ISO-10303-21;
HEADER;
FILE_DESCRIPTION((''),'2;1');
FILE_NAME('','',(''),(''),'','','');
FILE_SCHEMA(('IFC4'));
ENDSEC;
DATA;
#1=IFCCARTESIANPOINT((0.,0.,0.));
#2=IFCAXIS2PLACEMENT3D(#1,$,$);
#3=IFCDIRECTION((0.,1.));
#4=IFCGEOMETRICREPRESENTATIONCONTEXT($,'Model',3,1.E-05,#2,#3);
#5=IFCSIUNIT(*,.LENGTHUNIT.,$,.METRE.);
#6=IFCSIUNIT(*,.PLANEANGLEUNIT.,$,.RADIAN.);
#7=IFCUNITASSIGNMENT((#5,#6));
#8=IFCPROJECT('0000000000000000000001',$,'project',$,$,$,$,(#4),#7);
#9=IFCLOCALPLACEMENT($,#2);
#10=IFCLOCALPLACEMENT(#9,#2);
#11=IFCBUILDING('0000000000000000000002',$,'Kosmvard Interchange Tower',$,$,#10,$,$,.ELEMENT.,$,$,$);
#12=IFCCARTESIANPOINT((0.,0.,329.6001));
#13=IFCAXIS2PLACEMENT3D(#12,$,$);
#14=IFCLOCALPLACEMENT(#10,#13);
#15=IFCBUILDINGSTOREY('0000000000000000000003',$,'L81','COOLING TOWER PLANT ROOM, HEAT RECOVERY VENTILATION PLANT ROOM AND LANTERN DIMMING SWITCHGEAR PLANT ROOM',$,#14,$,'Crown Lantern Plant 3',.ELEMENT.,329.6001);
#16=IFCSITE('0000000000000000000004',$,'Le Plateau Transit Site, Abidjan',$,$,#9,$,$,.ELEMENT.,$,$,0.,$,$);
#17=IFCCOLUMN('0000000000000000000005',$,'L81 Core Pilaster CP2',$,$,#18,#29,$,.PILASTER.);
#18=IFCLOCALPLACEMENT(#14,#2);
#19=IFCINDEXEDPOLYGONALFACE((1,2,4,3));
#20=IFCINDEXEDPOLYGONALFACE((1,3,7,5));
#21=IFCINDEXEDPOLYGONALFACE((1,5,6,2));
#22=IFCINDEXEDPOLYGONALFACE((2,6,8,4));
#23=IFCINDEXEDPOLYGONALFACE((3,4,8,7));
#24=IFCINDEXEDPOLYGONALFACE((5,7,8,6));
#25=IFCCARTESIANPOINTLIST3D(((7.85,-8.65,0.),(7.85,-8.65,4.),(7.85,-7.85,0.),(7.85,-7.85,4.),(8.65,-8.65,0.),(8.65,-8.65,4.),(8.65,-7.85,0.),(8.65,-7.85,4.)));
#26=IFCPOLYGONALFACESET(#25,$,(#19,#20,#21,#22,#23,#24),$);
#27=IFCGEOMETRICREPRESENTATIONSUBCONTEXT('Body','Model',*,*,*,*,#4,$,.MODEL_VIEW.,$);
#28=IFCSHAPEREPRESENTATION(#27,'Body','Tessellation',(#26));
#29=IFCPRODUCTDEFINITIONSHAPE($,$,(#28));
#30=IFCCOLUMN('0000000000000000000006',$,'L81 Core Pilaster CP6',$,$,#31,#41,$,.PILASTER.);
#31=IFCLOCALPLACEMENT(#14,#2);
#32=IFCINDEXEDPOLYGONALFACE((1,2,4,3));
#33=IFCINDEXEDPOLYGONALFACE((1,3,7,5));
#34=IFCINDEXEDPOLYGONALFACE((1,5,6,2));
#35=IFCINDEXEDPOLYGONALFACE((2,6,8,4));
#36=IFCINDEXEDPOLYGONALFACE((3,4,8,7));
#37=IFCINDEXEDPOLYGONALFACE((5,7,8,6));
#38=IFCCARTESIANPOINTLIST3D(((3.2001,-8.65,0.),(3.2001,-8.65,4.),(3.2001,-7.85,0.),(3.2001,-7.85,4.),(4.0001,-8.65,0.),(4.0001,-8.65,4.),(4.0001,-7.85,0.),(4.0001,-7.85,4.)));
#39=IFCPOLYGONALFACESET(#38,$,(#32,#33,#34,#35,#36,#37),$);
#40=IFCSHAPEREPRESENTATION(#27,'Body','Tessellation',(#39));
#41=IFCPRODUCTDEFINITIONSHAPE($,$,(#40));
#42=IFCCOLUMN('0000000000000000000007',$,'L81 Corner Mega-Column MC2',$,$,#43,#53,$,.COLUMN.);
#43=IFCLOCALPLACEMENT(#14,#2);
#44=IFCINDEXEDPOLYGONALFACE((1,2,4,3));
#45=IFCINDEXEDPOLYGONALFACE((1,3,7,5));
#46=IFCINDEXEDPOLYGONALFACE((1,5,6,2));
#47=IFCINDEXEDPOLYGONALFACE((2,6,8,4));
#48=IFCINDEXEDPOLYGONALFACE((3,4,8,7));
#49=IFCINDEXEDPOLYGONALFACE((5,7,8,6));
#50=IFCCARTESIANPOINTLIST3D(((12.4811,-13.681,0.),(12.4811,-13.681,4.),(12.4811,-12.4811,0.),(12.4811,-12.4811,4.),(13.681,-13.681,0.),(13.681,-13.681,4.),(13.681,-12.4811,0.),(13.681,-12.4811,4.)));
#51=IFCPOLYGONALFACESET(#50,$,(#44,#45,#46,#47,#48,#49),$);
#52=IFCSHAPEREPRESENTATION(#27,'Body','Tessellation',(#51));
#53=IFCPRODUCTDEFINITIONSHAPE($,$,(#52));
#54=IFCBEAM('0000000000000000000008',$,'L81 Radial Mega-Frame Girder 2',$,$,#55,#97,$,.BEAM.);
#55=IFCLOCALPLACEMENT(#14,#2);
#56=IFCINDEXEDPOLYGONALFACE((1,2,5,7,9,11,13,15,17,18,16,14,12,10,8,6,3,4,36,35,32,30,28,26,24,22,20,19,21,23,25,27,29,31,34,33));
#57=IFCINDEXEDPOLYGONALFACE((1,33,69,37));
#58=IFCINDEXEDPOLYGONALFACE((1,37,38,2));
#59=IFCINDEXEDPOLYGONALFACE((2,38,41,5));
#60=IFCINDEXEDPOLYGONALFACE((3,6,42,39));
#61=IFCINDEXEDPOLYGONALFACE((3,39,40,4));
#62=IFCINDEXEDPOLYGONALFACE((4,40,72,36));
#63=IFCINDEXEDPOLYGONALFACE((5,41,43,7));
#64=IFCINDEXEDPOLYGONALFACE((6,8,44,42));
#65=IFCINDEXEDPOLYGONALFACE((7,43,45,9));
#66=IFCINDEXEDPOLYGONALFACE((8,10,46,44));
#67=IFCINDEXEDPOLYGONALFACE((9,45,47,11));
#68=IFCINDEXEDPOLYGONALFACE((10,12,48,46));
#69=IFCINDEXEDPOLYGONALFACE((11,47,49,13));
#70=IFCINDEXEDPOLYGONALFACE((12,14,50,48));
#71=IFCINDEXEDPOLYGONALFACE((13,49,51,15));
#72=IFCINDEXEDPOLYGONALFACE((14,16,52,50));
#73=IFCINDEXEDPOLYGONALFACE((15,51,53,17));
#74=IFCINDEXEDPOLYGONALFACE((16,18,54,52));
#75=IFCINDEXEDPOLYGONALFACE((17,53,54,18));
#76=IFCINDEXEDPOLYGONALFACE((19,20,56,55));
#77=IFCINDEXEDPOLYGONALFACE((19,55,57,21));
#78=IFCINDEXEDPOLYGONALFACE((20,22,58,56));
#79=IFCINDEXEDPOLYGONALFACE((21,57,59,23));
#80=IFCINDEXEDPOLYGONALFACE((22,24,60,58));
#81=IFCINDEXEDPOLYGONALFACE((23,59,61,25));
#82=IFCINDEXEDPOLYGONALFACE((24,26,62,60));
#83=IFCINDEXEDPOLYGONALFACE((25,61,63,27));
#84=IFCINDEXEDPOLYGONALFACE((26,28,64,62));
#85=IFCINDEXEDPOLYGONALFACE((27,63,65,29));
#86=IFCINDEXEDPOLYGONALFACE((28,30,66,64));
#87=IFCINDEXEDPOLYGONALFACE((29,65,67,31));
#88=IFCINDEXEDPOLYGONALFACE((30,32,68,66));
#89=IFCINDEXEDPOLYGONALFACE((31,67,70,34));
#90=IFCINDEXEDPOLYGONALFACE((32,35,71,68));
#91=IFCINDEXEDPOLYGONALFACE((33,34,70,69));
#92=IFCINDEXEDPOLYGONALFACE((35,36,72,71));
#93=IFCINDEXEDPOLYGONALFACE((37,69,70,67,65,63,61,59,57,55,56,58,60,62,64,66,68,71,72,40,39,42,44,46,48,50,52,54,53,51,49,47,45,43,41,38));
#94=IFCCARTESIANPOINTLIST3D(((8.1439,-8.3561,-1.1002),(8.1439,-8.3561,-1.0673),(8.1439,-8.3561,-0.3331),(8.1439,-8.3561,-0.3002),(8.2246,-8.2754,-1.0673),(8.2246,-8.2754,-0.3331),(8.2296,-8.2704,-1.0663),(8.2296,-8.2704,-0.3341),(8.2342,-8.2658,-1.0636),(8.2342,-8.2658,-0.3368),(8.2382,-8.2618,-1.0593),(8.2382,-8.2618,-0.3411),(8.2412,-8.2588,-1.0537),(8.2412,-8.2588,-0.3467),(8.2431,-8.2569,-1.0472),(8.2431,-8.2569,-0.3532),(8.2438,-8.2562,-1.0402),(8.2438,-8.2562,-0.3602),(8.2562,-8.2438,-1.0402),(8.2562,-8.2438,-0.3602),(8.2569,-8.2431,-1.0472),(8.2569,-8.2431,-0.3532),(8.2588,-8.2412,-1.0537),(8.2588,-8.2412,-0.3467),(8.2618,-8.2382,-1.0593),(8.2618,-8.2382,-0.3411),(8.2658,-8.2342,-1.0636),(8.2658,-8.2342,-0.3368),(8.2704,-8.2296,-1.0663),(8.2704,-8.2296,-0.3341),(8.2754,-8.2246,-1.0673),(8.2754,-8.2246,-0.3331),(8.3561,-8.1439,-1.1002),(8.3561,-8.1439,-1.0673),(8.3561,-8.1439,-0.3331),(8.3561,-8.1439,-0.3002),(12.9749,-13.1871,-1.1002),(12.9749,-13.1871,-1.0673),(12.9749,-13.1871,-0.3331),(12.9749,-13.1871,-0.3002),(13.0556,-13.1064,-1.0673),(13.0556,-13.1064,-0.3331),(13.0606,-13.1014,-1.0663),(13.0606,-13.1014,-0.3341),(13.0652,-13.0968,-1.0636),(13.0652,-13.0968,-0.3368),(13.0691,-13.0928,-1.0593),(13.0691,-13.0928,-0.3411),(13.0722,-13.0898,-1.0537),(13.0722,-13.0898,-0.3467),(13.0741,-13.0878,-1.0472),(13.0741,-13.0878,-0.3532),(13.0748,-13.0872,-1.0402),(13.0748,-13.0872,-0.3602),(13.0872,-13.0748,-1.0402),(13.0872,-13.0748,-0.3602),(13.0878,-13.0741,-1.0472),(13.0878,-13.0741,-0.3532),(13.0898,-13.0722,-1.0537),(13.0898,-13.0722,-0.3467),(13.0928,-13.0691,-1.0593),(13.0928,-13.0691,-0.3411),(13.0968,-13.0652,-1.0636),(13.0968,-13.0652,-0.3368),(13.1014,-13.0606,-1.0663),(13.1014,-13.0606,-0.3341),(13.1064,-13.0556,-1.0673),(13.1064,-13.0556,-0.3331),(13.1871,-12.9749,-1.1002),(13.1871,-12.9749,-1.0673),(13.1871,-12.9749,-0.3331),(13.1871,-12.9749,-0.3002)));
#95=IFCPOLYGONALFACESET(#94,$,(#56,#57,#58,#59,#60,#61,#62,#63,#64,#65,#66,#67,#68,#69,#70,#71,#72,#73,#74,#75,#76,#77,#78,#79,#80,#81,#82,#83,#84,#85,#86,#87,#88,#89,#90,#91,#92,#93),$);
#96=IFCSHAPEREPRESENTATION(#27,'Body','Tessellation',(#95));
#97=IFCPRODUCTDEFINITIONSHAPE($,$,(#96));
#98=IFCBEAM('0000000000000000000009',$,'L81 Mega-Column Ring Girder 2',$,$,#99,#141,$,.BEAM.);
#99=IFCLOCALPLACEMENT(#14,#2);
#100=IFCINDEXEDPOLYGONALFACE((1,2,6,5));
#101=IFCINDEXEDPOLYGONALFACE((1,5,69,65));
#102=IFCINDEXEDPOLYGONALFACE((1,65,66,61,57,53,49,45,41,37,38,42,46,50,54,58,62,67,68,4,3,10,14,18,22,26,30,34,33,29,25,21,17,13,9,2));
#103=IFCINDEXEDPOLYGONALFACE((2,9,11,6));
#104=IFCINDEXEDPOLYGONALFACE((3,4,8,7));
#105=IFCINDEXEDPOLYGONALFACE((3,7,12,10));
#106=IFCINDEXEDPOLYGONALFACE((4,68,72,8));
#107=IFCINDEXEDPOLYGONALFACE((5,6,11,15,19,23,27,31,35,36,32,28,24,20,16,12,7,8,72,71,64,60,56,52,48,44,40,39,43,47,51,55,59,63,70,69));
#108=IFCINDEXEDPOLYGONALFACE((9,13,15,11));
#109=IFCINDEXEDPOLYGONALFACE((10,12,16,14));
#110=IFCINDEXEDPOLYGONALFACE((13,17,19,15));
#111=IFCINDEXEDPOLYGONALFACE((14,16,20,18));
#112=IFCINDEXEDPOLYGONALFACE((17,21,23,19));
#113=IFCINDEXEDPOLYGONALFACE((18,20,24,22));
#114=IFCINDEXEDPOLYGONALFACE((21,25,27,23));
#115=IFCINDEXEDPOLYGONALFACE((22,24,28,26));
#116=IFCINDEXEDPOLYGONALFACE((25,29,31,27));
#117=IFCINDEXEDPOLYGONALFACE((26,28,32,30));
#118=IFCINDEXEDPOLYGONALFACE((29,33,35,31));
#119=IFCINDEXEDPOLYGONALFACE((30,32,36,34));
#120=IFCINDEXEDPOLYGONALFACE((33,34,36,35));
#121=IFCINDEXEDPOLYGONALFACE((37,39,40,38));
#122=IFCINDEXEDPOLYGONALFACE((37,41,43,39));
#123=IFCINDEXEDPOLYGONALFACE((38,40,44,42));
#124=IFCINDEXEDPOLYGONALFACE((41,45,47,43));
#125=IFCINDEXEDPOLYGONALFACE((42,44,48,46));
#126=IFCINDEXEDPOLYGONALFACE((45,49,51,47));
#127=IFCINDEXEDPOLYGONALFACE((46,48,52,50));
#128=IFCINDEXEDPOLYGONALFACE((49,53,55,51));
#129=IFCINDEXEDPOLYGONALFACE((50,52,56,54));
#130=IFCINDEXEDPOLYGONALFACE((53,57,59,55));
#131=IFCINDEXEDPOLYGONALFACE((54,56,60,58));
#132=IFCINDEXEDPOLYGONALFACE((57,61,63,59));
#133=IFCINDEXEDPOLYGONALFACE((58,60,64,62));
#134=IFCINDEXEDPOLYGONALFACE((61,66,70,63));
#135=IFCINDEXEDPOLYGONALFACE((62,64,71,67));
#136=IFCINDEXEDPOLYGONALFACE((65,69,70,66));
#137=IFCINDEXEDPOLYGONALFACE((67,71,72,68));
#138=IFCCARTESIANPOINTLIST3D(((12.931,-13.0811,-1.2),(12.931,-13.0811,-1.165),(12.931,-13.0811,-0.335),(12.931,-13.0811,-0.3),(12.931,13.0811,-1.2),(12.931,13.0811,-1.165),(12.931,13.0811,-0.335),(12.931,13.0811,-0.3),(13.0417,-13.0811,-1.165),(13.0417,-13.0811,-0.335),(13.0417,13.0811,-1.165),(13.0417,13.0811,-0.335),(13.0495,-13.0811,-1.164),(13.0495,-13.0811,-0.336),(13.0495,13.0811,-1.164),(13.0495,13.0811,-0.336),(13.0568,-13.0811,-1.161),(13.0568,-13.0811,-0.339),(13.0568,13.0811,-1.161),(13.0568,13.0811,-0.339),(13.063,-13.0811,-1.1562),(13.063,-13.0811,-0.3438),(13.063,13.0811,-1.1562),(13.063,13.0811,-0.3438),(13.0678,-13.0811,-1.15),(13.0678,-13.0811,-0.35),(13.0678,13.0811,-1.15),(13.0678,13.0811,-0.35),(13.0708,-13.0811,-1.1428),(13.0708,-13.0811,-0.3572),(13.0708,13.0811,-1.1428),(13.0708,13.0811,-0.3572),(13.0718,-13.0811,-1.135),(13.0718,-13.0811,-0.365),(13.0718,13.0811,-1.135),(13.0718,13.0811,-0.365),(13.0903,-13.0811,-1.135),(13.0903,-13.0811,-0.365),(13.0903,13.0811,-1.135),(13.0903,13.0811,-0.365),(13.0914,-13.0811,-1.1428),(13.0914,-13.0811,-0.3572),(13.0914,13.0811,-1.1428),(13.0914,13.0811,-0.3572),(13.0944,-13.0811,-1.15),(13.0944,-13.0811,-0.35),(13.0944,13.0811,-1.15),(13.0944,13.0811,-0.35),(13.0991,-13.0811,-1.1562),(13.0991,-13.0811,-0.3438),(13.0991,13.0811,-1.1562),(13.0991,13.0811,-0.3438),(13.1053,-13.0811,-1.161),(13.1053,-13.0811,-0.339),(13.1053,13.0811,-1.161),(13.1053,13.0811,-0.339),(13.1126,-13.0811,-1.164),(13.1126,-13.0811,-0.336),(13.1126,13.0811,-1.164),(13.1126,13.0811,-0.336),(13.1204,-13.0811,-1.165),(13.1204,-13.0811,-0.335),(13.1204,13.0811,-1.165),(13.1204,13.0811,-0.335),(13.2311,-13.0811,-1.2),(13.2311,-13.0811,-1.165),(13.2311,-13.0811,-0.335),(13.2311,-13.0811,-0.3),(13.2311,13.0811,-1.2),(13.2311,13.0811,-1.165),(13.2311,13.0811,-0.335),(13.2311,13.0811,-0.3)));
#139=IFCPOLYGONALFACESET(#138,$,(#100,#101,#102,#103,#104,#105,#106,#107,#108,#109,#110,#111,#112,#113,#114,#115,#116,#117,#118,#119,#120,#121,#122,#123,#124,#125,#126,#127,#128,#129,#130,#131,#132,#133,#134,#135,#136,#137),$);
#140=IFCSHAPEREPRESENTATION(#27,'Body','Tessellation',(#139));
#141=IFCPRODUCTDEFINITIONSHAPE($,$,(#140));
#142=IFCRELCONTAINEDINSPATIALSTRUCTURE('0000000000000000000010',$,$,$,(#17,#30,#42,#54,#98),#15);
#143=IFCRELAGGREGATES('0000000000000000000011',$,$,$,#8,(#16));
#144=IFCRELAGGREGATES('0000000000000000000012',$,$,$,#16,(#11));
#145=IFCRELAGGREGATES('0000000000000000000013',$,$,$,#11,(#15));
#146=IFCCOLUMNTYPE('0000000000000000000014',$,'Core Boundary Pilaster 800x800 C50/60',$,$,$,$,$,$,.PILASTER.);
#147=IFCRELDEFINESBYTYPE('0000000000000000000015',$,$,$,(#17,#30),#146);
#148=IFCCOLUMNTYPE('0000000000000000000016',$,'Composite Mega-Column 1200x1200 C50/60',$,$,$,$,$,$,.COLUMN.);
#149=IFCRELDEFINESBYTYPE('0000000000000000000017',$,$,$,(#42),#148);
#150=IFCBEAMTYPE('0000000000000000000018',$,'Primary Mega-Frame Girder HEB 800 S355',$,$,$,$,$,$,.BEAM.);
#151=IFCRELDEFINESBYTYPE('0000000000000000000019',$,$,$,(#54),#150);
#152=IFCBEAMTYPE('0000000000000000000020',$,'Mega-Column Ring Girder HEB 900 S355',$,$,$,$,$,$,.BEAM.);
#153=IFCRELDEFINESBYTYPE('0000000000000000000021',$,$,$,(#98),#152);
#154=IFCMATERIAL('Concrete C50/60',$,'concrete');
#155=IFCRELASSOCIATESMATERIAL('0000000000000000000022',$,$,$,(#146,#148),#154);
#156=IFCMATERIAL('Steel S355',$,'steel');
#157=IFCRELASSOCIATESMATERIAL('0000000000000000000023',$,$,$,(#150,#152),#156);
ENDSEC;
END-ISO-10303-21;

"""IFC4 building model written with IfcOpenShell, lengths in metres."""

from ifc_helpers import new_model, si_unit, direction, frame, origin, origin_2d, place, context, subcontext, project, spatial, rectangle, i_section, extrude, source, transform, mapped, material, material_profile, profile_set, type_object, element, save


model = new_model("IFC4")

# Units and contexts
model_context = context("Model", 3, precision=1e-05, world=origin(), true_north=direction((0.0, 1.0)))
body_context = subcontext(model_context, "Body", "Model", "MODEL_VIEW")
ifc_project = project(units=[si_unit("LENGTHUNIT", "METRE"), si_unit("PLANEANGLEUNIT", "RADIAN")], contexts=[model_context])

# Site, building, storey
site_placement = place(None, origin())
site = spatial("IfcSite", under=ifc_project, at=site_placement, Name="Le Plateau Transit Site, Abidjan", CompositionType="ELEMENT", RefElevation=0.0)
building_placement = place(site_placement, origin())
building = spatial("IfcBuilding", under=site, at=building_placement, Name="Kosmvard Interchange Tower", CompositionType="ELEMENT")
storey_placement = place(building_placement, frame((0.0, 0.0, 329.6001)))
storey = spatial("IfcBuildingStorey", under=building, at=storey_placement, Name="L81", Description="COOLING TOWER PLANT ROOM, HEAT RECOVERY VENTILATION PLANT ROOM AND LANTERN DIMMING SWITCHGEAR PLANT ROOM", LongName="Crown Lantern Plant 3", CompositionType="ELEMENT", Elevation=329.6001)

# Columns
ifc_material_1 = material(Name="Concrete C50/60", Category="concrete")
ifc_material_profile_1 = material_profile(ifc_material_1, rectangle(XDim=0.8, YDim=0.8, at=origin_2d()), Name="CP 800x800")
ifc_profile_set_1 = profile_set([ifc_material_profile_1], Name="Concrete C50/60")
column_type_1 = type_object("IfcColumnType", Name="Core Boundary Pilaster 800x800 C50/60", PredefinedType="PILASTER", material=ifc_profile_set_1)
shared_shape_1 = source(origin(), body_context, "Body", "SweptSolid", [
    extrude(rectangle(XDim=0.8, YDim=0.8, at=origin_2d()), origin(), (0.0, 0.0, 1.0), 4.0),
])
for number, where, z_axis, x_axis, name in (
    (1, (8.25, -8.25, 0.0), (0.0, 0.0, 1.0), (1.0, 0.0, 0.0), "L81 Core Pilaster CP2"),
    (2, (3.6001, -8.25, 0.0), (0.0, 0.0, 1.0), (1.0, 0.0, 0.0), "L81 Core Pilaster CP6"),
):
    element("IfcColumn", number, at=place(storey_placement, frame(where, z_axis=z_axis, x_axis=x_axis)), inside=storey, type_object=column_type_1, Name=name, PredefinedType="PILASTER", context=body_context, shape_type="MappedRepresentation", body=[
        mapped(shared_shape_1, transform((0.0, 0.0, 0.0), scale=1.0)),
    ])
ifc_material_profile_2 = material_profile(ifc_material_1, rectangle(XDim=1.2, YDim=1.2, at=origin_2d()), Name="MC 1200x1200")
ifc_profile_set_2 = profile_set([ifc_material_profile_2], Name="Concrete C50/60")
column_type_2 = type_object("IfcColumnType", Name="Composite Mega-Column 1200x1200 C50/60", PredefinedType="COLUMN", material=ifc_profile_set_2)
shared_shape_2 = source(origin(), body_context, "Body", "SweptSolid", [
    extrude(rectangle(XDim=1.2, YDim=1.2, at=origin_2d()), origin(), (0.0, 0.0, 1.0), 4.0),
])
column_placement = place(storey_placement, frame((13.0811, -13.0811, 0.0), z_axis=(0.0, 0.0, 1.0), x_axis=(1.0, 0.0, 0.0)))
element("IfcColumn", 3, at=column_placement, inside=storey, type_object=column_type_2, Name="L81 Corner Mega-Column MC2", PredefinedType="COLUMN", context=body_context, shape_type="MappedRepresentation", body=[
    mapped(shared_shape_2, transform((0.0, 0.0, 0.0), scale=1.0)),
])

# Beams
ifc_material_2 = material(Name="Steel S355", Category="steel")
ifc_material_profile_3 = material_profile(ifc_material_2, i_section(OverallWidth=0.3, OverallDepth=0.8, WebThickness=0.0176, FlangeThickness=0.033, FilletRadius=0.0271, at=origin_2d()), Name="HEB 800")
ifc_profile_set_3 = profile_set([ifc_material_profile_3], Name="Steel S355")
beam_type_1 = type_object("IfcBeamType", Name="Primary Mega-Frame Girder HEB 800 S355", PredefinedType="BEAM", material=ifc_profile_set_3)
shared_shape_3 = source(origin(), body_context, "Body", "SweptSolid", [
    extrude(i_section(OverallWidth=0.3, OverallDepth=0.8, WebThickness=0.0176, FlangeThickness=0.033, FilletRadius=0.0271, at=origin_2d()), origin(), (0.0, 0.0, 1.0), 6.832),
])
beam_1_placement = place(storey_placement, frame((8.25, -8.25, -0.7002), z_axis=(0.707107, -0.707107, 0.0), x_axis=(0.707107, 0.707107, 0.0)))
element("IfcBeam", 4, at=beam_1_placement, inside=storey, type_object=beam_type_1, Name="L81 Radial Mega-Frame Girder 2", PredefinedType="BEAM", context=body_context, shape_type="MappedRepresentation", body=[
    mapped(shared_shape_3, transform((0.0, 0.0, 0.0), scale=1.0)),
])
ifc_material_profile_4 = material_profile(ifc_material_2, i_section(OverallWidth=0.3, OverallDepth=0.8999, WebThickness=0.0186, FlangeThickness=0.0349, FilletRadius=0.03, at=origin_2d()), Name="HEB 900")
ifc_profile_set_4 = profile_set([ifc_material_profile_4], Name="Steel S355")
beam_type_2 = type_object("IfcBeamType", Name="Mega-Column Ring Girder HEB 900 S355", PredefinedType="BEAM", material=ifc_profile_set_4)
shared_shape_4 = source(origin(), body_context, "Body", "SweptSolid", [
    extrude(i_section(OverallWidth=0.3, OverallDepth=0.8999, WebThickness=0.0186, FlangeThickness=0.0349, FilletRadius=0.03, at=origin_2d()), origin(), (0.0, 0.0, 1.0), 26.1621),
])
beam_2_placement = place(storey_placement, frame((13.0811, -13.0811, -0.75), z_axis=(0.0, 1.0, 0.0), x_axis=(-1.0, 0.0, 0.0)))
element("IfcBeam", 5, at=beam_2_placement, inside=storey, type_object=beam_type_2, Name="L81 Mega-Column Ring Girder 2", PredefinedType="BEAM", context=body_context, shape_type="MappedRepresentation", body=[
    mapped(shared_shape_4, transform((0.0, 0.0, 0.0), scale=1.0)),
])

save(model, "model.ifc")
